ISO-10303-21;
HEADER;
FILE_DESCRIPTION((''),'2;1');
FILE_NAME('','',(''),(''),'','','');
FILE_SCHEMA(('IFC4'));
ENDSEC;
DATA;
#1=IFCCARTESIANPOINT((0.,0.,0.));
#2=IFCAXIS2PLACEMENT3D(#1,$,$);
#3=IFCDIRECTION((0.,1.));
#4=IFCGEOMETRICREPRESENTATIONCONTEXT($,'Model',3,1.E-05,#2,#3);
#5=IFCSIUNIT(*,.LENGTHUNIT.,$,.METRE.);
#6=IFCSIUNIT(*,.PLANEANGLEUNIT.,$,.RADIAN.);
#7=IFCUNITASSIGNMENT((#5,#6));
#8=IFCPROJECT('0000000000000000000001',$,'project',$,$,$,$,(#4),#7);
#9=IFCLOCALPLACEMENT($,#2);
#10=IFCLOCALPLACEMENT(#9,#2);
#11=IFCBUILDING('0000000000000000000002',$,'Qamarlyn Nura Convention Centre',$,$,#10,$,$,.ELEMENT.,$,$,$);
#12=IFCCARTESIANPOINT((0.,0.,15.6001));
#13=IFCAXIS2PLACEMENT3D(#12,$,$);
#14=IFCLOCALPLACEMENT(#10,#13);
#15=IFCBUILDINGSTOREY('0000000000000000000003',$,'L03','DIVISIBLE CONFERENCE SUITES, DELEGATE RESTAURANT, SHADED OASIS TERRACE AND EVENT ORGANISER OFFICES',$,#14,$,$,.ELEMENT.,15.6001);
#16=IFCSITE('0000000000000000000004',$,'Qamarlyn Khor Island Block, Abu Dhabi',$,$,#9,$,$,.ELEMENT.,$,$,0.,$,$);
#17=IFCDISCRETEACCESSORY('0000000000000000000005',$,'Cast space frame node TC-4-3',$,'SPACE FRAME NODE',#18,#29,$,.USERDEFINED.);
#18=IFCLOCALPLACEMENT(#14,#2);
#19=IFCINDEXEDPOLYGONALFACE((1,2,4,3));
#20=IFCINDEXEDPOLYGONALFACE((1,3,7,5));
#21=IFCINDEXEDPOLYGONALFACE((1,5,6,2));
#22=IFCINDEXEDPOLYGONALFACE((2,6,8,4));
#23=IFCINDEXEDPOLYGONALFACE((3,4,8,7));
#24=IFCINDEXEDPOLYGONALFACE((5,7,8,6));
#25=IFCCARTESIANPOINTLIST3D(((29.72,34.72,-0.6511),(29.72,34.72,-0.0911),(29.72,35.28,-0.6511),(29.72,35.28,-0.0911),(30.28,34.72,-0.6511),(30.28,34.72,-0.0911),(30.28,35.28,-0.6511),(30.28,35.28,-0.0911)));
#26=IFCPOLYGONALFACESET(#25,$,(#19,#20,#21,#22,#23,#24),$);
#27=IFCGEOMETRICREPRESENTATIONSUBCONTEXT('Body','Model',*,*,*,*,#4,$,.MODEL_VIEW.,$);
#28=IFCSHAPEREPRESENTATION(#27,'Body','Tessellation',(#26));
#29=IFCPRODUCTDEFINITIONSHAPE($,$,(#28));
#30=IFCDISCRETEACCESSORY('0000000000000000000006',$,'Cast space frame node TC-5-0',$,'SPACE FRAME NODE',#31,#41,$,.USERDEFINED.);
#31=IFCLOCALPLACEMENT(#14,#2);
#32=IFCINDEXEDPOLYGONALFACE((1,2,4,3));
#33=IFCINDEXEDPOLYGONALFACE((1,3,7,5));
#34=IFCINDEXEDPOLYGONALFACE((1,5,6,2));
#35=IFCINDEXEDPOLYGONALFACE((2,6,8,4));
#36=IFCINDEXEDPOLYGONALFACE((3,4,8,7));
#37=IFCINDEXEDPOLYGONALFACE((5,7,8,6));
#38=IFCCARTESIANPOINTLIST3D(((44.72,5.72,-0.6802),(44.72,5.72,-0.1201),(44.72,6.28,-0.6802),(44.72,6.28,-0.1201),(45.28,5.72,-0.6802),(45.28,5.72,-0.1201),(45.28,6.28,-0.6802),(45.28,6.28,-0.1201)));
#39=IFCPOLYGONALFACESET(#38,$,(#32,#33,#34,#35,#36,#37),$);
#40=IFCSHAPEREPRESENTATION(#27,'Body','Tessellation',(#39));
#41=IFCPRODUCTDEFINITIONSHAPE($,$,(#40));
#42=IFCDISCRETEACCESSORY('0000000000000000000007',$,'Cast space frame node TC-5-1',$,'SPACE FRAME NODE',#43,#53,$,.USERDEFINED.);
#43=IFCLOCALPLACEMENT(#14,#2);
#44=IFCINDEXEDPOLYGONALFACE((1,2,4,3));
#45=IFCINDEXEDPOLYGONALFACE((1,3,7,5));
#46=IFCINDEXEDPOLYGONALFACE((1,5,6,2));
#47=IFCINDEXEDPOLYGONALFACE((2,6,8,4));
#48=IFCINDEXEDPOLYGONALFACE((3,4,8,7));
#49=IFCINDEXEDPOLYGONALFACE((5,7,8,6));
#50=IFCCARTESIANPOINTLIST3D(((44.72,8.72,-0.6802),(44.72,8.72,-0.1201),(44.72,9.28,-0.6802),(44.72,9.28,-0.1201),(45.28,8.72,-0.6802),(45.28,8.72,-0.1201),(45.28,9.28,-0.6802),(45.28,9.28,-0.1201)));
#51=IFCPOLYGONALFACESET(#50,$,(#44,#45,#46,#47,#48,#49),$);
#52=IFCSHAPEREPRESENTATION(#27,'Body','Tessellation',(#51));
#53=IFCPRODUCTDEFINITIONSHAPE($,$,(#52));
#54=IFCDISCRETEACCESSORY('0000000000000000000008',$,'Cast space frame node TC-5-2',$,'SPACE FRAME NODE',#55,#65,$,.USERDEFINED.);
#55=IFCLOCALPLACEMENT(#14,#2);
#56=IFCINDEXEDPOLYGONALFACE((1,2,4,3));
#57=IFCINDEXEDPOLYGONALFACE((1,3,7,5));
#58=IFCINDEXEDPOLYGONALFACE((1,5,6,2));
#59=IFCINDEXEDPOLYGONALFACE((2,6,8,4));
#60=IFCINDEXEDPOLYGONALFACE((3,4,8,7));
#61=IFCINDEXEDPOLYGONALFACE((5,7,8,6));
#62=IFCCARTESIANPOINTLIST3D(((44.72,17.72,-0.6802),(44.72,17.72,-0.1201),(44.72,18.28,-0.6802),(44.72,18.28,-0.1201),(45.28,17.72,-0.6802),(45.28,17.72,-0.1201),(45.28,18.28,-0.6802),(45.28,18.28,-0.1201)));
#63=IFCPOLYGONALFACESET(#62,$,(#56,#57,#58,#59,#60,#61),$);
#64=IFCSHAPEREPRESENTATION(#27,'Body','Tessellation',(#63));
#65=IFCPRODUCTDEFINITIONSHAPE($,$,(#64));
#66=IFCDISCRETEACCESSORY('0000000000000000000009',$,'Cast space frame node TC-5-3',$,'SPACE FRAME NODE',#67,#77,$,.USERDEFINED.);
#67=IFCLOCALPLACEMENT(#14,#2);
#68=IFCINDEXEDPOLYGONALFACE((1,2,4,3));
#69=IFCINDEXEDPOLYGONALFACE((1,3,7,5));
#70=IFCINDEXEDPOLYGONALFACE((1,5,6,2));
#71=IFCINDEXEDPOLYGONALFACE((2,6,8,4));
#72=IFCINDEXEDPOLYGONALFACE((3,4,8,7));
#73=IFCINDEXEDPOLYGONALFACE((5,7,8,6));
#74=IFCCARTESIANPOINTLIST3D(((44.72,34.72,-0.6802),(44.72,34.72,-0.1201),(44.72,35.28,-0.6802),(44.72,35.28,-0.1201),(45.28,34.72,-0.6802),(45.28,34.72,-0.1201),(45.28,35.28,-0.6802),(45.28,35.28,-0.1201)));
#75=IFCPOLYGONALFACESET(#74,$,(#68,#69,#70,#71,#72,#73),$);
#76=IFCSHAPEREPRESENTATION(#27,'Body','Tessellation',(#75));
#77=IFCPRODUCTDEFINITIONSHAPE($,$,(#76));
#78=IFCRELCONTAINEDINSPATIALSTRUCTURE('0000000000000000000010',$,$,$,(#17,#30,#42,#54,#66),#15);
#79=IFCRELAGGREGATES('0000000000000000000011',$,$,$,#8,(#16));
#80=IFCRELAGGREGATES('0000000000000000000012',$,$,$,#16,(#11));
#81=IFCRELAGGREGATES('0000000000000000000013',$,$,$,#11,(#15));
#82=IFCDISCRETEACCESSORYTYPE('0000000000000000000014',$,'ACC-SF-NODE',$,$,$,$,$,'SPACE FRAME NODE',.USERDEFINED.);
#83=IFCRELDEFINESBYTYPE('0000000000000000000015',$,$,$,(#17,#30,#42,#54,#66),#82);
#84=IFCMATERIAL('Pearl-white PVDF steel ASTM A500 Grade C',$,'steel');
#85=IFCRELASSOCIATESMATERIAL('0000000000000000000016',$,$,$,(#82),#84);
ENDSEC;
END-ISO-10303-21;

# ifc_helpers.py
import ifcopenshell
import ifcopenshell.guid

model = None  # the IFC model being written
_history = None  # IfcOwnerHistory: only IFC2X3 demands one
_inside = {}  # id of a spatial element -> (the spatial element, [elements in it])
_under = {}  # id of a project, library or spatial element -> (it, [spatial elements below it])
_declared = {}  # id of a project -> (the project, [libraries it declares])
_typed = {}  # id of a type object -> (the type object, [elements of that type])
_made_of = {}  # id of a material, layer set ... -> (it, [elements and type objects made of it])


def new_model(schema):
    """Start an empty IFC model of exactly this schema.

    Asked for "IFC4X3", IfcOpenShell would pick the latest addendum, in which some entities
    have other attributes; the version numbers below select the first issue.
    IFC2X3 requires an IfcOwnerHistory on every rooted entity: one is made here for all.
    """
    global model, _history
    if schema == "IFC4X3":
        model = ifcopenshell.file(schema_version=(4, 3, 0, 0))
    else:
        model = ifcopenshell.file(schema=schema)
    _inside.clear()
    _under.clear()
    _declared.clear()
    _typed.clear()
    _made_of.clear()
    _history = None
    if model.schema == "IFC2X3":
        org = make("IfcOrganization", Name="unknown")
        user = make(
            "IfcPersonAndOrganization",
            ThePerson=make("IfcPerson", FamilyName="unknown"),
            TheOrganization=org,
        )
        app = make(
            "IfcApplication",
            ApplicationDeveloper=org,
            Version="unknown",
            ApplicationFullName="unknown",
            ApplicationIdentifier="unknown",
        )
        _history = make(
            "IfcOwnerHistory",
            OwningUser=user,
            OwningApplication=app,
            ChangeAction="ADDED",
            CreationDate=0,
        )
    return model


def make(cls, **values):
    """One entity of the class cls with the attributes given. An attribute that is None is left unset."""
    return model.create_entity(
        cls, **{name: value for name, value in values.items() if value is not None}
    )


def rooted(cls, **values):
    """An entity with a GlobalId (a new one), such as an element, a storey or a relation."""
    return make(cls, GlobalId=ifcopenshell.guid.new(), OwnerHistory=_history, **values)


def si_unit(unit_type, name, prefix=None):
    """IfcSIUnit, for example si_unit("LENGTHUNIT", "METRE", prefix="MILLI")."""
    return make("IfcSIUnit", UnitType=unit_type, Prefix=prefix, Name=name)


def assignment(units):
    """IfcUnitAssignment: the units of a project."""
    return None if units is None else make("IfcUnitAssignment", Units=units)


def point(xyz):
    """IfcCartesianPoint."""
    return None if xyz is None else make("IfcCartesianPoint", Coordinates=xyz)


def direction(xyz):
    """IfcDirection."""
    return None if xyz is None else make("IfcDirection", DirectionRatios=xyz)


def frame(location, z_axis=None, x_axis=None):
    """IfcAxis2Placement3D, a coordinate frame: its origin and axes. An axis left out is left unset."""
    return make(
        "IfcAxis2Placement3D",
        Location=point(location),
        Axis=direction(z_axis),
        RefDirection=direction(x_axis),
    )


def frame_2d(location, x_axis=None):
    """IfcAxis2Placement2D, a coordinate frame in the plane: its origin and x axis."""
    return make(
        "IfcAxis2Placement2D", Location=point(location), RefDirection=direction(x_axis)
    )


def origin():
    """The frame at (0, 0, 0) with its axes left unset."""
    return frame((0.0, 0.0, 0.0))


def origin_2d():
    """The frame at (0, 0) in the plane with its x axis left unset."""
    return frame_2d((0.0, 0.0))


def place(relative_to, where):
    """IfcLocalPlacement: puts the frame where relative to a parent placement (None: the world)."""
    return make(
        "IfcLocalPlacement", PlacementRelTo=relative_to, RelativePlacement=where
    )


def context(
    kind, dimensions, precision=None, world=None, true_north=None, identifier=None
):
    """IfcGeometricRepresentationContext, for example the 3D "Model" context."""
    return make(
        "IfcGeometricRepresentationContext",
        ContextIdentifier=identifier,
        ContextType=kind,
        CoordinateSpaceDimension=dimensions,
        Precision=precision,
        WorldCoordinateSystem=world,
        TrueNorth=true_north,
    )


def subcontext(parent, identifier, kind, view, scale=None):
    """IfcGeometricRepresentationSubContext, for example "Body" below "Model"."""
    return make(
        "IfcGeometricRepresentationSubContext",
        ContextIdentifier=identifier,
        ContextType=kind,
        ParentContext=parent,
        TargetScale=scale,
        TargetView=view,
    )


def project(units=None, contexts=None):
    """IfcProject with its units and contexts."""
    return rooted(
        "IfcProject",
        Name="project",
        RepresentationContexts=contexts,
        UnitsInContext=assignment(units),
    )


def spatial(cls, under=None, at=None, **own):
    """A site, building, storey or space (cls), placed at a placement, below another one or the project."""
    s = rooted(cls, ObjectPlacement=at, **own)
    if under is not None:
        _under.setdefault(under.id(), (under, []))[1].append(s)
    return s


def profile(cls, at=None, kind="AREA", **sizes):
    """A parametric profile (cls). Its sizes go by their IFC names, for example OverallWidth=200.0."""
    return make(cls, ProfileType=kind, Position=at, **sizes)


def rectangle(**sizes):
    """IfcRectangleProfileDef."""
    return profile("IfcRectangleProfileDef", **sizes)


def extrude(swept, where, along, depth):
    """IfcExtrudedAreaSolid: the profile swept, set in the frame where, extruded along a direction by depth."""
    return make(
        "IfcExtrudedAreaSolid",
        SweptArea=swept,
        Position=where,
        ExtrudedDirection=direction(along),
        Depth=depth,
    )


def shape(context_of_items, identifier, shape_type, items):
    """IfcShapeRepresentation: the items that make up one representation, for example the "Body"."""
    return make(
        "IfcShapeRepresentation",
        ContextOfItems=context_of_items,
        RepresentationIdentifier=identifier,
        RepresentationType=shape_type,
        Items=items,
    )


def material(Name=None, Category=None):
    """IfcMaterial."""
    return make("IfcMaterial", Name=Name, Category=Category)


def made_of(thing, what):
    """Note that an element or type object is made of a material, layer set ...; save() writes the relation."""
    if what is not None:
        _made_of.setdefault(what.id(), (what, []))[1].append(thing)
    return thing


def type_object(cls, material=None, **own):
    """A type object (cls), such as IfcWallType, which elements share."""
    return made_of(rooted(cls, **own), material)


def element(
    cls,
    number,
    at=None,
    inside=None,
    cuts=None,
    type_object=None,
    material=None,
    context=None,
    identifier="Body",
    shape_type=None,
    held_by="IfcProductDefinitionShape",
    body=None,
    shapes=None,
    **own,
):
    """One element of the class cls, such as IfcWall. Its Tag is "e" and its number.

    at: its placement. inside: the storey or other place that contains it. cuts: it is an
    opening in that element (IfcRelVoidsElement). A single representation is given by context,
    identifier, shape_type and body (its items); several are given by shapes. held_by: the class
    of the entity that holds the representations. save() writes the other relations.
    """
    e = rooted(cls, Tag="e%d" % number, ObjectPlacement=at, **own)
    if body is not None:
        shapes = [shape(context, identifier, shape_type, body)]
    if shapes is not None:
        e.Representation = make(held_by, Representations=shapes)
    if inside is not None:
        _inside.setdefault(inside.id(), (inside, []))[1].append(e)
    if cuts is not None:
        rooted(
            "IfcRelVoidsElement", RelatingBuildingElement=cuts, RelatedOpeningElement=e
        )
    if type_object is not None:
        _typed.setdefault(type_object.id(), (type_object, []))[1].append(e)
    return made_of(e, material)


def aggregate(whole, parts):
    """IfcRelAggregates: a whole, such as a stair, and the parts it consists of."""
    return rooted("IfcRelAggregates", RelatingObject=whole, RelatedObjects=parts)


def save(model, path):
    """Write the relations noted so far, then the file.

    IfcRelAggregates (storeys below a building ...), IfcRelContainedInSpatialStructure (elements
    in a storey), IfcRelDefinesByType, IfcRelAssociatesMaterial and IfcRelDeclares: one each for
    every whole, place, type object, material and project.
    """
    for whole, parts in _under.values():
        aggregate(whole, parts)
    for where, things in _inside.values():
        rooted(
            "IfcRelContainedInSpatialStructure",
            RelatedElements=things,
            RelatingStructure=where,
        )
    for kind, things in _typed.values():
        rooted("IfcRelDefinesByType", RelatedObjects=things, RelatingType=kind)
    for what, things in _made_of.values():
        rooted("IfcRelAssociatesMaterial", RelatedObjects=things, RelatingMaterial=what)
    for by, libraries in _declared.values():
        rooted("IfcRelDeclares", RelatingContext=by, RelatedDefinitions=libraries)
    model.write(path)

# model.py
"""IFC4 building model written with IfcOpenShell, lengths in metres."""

from ifc_helpers import new_model, si_unit, direction, frame, origin, origin_2d, place, context, subcontext, project, spatial, rectangle, extrude, material, type_object, element, save


model = new_model("IFC4")

# Units and contexts
model_context = context("Model", 3, precision=1e-05, world=origin(), true_north=direction((0.0, 1.0)))
body_context = subcontext(model_context, "Body", "Model", "MODEL_VIEW")
ifc_project = project(units=[si_unit("LENGTHUNIT", "METRE"), si_unit("PLANEANGLEUNIT", "RADIAN")], contexts=[model_context])

# Site, building, storey
site_placement = place(None, origin())
site = spatial("IfcSite", under=ifc_project, at=site_placement, Name="Qamarlyn Khor Island Block, Abu Dhabi", CompositionType="ELEMENT", RefElevation=0.0)
building_placement = place(site_placement, origin())
building = spatial("IfcBuilding", under=site, at=building_placement, Name="Qamarlyn Nura Convention Centre", CompositionType="ELEMENT")
storey_placement = place(building_placement, frame((0.0, 0.0, 15.6001)))
storey = spatial("IfcBuildingStorey", under=building, at=storey_placement, Name="L03", Description="DIVISIBLE CONFERENCE SUITES, DELEGATE RESTAURANT, SHADED OASIS TERRACE AND EVENT ORGANISER OFFICES", CompositionType="ELEMENT", Elevation=15.6001)

# Shared definitions
ifc_material_1 = material(Name="Pearl-white PVDF steel ASTM A500 Grade C", Category="steel")

# Discrete accessories
discrete_accessory_type = type_object("IfcDiscreteAccessoryType", Name="ACC-SF-NODE", ElementType="SPACE FRAME NODE", PredefinedType="USERDEFINED", material=ifc_material_1)
for number, where, z_axis, x_axis, name in (
    (1, (30.0, 35.0, -0.6511), (0.0, 0.0, 1.0), (1.0, 0.0, 0.0), "Cast space frame node TC-4-3"),
    (2, (45.0, 6.0, -0.6802), (0.0, 0.0, 1.0), (1.0, 0.0, 0.0), "Cast space frame node TC-5-0"),
    (3, (45.0, 9.0, -0.6802), (0.0, 0.0, 1.0), (1.0, 0.0, 0.0), "Cast space frame node TC-5-1"),
    (4, (45.0, 18.0, -0.6802), (0.0, 0.0, 1.0), (1.0, 0.0, 0.0), "Cast space frame node TC-5-2"),
    (5, (45.0, 35.0, -0.6802), (0.0, 0.0, 1.0), (1.0, 0.0, 0.0), "Cast space frame node TC-5-3"),
):
    element("IfcDiscreteAccessory", number, at=place(storey_placement, frame(where, z_axis=z_axis, x_axis=x_axis)), inside=storey, type_object=discrete_accessory_type, Name=name, ObjectType="SPACE FRAME NODE", PredefinedType="USERDEFINED", context=body_context, shape_type="SweptSolid", body=[
        extrude(rectangle(XDim=0.5601, YDim=0.5601, at=origin_2d()), origin(), (0.0, 0.0, 1.0), 0.5601),
    ])

save(model, "model.ifc")
